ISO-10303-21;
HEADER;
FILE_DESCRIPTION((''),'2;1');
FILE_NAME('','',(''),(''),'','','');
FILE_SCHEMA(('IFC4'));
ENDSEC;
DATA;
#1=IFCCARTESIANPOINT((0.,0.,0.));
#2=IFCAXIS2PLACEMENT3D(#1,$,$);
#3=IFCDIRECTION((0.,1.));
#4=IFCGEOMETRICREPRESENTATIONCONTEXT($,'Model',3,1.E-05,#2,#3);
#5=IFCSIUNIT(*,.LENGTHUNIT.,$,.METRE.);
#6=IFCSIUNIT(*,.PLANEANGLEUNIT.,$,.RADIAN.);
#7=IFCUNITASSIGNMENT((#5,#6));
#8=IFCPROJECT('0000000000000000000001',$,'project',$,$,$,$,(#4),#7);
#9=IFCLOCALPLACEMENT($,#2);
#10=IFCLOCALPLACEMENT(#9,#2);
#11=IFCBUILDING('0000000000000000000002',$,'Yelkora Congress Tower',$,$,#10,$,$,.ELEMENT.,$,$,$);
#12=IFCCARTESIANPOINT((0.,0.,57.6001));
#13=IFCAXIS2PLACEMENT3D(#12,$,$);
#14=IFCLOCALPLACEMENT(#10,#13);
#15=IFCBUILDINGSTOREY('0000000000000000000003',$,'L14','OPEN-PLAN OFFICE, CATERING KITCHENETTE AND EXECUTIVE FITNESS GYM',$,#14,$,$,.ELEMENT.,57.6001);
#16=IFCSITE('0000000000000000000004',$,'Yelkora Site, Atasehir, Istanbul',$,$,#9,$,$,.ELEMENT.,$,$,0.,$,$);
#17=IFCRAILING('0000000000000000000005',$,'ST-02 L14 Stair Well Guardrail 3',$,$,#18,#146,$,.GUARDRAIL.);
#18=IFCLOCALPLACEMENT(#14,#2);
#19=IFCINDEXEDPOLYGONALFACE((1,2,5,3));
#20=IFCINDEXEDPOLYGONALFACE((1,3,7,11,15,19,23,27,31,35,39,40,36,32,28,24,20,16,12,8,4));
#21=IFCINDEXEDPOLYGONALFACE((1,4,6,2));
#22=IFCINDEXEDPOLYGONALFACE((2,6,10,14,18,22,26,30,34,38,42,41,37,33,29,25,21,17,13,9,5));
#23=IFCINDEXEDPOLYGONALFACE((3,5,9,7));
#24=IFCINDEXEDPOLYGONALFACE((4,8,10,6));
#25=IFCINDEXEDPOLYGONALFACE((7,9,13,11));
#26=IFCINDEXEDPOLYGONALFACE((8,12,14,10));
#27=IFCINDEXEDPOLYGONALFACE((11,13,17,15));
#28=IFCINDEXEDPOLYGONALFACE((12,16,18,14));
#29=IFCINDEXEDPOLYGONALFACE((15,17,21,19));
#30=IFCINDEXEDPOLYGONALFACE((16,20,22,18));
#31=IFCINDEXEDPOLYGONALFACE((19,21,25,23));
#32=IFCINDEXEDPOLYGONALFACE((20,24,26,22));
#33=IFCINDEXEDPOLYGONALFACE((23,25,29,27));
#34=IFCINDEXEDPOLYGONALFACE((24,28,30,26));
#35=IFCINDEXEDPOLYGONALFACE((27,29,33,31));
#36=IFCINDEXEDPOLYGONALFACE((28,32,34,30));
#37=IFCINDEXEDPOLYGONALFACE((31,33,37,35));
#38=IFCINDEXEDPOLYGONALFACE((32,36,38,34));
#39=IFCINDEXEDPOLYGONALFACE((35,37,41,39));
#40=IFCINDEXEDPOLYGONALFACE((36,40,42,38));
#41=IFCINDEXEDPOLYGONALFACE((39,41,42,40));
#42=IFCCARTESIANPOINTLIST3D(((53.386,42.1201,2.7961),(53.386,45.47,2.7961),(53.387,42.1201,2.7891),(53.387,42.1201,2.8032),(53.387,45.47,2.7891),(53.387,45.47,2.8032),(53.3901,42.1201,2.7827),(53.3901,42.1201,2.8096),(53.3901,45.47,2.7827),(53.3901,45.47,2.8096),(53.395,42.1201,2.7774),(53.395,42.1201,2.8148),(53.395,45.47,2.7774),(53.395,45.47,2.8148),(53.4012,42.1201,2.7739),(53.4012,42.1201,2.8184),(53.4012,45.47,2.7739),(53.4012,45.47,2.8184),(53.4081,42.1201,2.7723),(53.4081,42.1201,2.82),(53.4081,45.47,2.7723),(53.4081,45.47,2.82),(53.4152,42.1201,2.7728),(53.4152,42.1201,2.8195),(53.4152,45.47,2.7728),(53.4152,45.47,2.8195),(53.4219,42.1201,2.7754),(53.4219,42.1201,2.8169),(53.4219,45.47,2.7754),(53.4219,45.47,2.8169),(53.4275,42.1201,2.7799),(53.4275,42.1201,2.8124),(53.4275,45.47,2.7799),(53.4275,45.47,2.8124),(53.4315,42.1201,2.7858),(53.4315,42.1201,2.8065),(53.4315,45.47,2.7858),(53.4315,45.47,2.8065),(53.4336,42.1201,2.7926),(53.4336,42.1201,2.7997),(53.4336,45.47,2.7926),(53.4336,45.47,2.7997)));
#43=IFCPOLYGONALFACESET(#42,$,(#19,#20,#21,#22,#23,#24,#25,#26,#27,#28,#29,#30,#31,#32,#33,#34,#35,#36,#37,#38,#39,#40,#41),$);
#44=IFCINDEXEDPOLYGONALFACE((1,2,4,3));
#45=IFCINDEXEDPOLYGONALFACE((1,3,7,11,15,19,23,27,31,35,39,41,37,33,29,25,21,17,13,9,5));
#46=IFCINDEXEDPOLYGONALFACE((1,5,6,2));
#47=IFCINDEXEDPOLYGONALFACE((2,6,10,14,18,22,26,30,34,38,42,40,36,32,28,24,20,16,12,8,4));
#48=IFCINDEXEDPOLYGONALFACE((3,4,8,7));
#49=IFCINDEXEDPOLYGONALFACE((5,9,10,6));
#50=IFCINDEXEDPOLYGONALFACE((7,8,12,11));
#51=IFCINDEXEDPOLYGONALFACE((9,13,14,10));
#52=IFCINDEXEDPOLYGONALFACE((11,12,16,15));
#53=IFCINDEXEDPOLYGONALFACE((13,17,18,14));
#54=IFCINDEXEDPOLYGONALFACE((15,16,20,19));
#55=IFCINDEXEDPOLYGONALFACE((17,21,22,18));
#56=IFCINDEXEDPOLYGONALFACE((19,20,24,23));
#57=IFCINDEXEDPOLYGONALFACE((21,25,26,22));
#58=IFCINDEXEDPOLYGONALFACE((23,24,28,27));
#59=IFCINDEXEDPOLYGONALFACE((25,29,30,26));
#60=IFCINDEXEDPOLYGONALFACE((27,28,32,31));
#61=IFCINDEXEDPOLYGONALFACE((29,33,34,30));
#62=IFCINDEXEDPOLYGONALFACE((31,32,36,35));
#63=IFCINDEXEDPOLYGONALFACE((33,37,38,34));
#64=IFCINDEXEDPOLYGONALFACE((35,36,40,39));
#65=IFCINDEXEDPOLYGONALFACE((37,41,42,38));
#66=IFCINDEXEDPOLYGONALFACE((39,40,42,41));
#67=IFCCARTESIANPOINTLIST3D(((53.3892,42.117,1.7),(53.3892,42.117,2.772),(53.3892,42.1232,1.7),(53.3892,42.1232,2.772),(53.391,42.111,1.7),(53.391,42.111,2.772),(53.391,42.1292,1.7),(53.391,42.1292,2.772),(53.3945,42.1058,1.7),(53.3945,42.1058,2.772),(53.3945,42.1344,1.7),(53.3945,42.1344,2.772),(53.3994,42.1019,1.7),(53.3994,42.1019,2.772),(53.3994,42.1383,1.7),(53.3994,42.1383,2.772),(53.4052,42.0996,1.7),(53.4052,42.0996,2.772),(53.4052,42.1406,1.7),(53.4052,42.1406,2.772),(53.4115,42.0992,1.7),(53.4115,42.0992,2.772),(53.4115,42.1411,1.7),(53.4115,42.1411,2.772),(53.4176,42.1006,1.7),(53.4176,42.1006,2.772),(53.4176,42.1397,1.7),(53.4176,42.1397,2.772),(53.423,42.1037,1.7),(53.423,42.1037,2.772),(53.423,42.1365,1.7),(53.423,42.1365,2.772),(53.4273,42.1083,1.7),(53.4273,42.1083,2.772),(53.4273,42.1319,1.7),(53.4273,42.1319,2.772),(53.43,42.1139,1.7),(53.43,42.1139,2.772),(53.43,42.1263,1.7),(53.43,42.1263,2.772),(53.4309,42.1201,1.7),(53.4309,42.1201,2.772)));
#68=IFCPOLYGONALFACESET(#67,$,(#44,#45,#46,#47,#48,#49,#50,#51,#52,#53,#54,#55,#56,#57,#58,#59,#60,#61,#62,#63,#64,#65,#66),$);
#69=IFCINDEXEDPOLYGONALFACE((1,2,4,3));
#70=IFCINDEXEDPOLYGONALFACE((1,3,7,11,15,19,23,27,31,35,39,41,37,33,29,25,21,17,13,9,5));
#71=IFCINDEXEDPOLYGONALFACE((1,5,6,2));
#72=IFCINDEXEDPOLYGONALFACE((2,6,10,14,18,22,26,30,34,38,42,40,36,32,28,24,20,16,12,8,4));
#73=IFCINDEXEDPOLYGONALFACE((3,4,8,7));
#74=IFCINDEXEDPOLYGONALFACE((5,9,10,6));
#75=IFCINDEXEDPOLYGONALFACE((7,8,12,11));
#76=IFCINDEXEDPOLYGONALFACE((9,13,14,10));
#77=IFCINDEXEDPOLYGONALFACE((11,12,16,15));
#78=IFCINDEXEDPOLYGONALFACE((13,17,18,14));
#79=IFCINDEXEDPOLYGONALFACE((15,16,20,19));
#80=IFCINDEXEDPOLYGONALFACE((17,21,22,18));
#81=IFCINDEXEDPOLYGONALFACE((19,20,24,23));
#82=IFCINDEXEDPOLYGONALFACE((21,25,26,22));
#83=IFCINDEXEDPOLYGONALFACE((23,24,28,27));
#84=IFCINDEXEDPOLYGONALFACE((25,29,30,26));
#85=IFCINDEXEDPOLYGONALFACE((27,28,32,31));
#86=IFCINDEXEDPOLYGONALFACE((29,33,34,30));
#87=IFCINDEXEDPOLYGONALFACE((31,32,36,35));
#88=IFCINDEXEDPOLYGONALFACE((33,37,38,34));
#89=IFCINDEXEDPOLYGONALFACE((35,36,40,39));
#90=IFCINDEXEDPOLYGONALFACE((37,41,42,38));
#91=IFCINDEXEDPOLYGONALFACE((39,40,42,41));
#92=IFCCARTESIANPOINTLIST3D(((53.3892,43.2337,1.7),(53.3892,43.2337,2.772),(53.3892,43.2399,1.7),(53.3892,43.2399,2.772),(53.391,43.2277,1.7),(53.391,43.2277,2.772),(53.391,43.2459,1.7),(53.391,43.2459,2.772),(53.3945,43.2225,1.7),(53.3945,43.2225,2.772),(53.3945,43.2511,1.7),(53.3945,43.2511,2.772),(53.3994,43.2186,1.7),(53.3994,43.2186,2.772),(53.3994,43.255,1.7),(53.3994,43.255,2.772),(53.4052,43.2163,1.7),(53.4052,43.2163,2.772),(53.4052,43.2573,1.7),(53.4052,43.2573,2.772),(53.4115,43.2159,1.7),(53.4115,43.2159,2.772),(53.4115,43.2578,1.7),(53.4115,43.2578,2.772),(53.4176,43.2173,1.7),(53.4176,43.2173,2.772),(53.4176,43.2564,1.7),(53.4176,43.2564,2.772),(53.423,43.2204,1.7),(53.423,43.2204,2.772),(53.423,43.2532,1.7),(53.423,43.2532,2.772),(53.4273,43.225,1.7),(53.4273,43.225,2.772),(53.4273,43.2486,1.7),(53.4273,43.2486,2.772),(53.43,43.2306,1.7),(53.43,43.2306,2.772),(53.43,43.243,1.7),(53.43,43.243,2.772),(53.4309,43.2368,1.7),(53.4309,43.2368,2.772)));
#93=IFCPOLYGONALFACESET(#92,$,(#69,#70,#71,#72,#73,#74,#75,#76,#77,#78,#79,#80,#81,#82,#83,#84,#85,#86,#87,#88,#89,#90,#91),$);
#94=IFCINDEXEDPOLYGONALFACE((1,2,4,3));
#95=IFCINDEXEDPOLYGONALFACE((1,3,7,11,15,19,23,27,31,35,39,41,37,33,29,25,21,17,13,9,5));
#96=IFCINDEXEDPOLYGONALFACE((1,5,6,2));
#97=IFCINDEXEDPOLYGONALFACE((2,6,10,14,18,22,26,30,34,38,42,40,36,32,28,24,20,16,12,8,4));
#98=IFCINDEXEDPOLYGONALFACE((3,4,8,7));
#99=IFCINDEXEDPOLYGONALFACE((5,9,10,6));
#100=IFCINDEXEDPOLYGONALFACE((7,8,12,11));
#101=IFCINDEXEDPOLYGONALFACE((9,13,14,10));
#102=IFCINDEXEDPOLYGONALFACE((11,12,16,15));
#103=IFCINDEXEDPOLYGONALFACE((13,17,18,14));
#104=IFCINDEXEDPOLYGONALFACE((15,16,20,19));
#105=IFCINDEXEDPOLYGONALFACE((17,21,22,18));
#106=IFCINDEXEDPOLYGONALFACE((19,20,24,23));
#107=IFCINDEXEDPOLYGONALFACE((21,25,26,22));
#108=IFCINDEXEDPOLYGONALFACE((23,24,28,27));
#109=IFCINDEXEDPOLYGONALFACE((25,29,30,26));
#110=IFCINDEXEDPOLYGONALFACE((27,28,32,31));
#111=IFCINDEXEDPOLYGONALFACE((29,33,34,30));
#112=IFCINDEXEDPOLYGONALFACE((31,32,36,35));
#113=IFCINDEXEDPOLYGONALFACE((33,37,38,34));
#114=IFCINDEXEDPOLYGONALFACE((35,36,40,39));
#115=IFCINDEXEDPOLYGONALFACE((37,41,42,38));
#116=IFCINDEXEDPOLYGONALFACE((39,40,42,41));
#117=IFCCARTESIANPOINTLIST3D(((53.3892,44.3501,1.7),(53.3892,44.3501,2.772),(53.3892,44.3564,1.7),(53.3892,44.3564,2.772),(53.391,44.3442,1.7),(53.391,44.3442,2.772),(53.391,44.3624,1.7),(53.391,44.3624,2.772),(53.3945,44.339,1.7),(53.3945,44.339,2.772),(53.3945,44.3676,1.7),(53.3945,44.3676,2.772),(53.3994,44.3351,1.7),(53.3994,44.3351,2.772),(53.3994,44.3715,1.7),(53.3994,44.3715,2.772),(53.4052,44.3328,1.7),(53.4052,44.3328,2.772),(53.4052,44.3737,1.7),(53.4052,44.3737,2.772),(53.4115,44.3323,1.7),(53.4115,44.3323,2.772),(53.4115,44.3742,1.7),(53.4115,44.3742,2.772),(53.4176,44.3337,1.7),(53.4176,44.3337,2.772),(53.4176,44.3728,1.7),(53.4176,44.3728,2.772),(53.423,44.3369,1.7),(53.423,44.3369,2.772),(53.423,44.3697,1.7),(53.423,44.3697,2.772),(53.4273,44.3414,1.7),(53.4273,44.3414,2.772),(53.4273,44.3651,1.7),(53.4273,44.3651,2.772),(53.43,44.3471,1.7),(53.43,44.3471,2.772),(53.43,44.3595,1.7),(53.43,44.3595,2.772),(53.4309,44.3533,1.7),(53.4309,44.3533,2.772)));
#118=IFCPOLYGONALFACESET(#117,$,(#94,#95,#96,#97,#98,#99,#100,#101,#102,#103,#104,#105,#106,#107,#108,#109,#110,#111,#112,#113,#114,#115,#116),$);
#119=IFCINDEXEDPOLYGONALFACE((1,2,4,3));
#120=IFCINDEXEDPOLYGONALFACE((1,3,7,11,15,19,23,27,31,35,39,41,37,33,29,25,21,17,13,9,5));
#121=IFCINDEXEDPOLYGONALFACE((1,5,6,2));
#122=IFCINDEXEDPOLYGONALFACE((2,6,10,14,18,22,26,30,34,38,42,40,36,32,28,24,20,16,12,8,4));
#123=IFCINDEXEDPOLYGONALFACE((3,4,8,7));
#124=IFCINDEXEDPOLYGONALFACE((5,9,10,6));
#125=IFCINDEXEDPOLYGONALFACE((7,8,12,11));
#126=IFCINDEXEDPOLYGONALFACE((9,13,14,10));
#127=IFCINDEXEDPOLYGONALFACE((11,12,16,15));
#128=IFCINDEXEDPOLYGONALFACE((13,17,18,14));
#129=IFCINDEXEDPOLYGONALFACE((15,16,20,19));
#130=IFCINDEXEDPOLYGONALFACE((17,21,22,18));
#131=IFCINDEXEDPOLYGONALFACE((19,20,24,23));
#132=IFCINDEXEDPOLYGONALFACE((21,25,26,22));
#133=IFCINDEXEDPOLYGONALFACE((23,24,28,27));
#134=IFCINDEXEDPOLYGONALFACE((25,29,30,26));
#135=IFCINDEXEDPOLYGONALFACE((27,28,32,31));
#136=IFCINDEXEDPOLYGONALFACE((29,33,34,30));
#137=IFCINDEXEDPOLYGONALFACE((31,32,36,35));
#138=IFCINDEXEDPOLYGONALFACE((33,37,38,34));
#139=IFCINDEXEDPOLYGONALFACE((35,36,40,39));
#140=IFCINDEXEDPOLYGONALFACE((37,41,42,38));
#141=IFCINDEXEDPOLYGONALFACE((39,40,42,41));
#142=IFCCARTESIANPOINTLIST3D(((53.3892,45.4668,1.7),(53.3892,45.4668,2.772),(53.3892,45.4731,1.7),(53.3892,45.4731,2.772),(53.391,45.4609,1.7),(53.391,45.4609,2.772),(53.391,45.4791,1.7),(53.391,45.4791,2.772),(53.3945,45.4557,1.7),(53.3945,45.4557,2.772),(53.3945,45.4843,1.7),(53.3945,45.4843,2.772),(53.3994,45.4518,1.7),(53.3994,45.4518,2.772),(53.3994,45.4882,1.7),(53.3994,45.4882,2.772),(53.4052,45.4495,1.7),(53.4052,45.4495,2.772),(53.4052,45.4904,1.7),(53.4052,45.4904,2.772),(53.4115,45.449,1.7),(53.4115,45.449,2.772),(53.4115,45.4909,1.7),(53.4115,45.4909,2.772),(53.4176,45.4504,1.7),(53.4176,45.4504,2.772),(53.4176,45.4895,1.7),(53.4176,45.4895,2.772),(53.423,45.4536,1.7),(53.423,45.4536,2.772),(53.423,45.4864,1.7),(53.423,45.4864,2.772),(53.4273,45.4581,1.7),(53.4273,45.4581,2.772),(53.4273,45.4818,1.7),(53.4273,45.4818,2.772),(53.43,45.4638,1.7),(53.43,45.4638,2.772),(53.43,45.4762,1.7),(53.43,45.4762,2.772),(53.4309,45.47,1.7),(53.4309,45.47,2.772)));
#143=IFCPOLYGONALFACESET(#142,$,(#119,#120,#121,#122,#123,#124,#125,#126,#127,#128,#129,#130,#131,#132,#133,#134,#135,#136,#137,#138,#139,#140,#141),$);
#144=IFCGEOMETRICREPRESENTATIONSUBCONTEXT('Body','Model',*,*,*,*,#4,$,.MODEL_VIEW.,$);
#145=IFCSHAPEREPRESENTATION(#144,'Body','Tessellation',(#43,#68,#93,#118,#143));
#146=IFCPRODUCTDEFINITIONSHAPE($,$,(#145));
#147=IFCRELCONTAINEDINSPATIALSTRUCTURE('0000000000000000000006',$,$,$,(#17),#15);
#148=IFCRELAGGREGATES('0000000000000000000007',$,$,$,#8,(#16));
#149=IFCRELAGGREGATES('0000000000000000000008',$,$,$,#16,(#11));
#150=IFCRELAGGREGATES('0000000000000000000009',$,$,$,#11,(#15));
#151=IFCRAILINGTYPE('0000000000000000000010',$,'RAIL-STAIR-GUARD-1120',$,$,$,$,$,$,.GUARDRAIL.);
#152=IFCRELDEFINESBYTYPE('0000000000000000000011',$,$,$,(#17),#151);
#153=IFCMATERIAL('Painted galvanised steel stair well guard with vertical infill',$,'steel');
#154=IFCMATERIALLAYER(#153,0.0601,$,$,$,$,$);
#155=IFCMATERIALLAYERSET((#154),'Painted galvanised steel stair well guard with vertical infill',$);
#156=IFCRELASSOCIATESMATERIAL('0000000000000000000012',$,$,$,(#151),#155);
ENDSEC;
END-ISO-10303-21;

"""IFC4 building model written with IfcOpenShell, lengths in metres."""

from ifc_helpers import new_model, si_unit, direction, frame, origin, origin_2d, place, context, subcontext, project, spatial, circle, extrude, material, layer, layer_set, type_object, element, save


model = new_model("IFC4")

# Units and contexts
model_context = context("Model", 3, precision=1e-05, world=origin(), true_north=direction((0.0, 1.0)))
body_context = subcontext(model_context, "Body", "Model", "MODEL_VIEW")
ifc_project = project(units=[si_unit("LENGTHUNIT", "METRE"), si_unit("PLANEANGLEUNIT", "RADIAN")], contexts=[model_context])

# Site, building, storey
site_placement = place(None, origin())
site = spatial("IfcSite", under=ifc_project, at=site_placement, Name="Yelkora Site, Atasehir, Istanbul", CompositionType="ELEMENT", RefElevation=0.0)
building_placement = place(site_placement, origin())
building = spatial("IfcBuilding", under=site, at=building_placement, Name="Yelkora Congress Tower", CompositionType="ELEMENT")
storey_placement = place(building_placement, frame((0.0, 0.0, 57.6001)))
storey = spatial("IfcBuildingStorey", under=building, at=storey_placement, Name="L14", Description="OPEN-PLAN OFFICE, CATERING KITCHENETTE AND EXECUTIVE FITNESS GYM", CompositionType="ELEMENT", Elevation=57.6001)

# Railing
ifc_material_1 = material(Name="Painted galvanised steel stair well guard with vertical infill", Category="steel")
ifc_layer_1 = layer(ifc_material_1, 0.0601)
ifc_layer_set_1 = layer_set([ifc_layer_1], Name="Painted galvanised steel stair well guard with vertical infill")
railing_type_1 = type_object("IfcRailingType", Name="RAIL-STAIR-GUARD-1120", PredefinedType="GUARDRAIL", material=ifc_layer_set_1)
railing_1_placement = place(storey_placement, frame((53.4099, 42.1201, 1.7)))
element("IfcRailing", 1, at=railing_1_placement, inside=storey, type_object=railing_type_1, Name="ST-02 L14 Stair Well Guardrail 3", PredefinedType="GUARDRAIL", context=body_context, shape_type="SweptSolid", body=[
    extrude(circle(Radius=0.0239, at=origin_2d()), frame((0.0, 0.0, 1.0962), z_axis=(0.0, 1.0, 0.0), x_axis=(-1.0, 0.0, 0.0)), (0.0, 0.0, 1.0), 3.3499),
    extrude(circle(Radius=0.021, at=origin_2d()), origin(), (0.0, 0.0, 1.0), 1.072),
    extrude(circle(Radius=0.021, at=origin_2d()), frame((0.0, 1.1167, 0.0)), (0.0, 0.0, 1.0), 1.072),
    extrude(circle(Radius=0.021, at=origin_2d()), frame((0.0, 2.2332, 0.0)), (0.0, 0.0, 1.0), 1.072),
    extrude(circle(Radius=0.021, at=origin_2d()), frame((0.0, 3.3499, 0.0)), (0.0, 0.0, 1.0), 1.072),
])

save(model, "model.ifc")
